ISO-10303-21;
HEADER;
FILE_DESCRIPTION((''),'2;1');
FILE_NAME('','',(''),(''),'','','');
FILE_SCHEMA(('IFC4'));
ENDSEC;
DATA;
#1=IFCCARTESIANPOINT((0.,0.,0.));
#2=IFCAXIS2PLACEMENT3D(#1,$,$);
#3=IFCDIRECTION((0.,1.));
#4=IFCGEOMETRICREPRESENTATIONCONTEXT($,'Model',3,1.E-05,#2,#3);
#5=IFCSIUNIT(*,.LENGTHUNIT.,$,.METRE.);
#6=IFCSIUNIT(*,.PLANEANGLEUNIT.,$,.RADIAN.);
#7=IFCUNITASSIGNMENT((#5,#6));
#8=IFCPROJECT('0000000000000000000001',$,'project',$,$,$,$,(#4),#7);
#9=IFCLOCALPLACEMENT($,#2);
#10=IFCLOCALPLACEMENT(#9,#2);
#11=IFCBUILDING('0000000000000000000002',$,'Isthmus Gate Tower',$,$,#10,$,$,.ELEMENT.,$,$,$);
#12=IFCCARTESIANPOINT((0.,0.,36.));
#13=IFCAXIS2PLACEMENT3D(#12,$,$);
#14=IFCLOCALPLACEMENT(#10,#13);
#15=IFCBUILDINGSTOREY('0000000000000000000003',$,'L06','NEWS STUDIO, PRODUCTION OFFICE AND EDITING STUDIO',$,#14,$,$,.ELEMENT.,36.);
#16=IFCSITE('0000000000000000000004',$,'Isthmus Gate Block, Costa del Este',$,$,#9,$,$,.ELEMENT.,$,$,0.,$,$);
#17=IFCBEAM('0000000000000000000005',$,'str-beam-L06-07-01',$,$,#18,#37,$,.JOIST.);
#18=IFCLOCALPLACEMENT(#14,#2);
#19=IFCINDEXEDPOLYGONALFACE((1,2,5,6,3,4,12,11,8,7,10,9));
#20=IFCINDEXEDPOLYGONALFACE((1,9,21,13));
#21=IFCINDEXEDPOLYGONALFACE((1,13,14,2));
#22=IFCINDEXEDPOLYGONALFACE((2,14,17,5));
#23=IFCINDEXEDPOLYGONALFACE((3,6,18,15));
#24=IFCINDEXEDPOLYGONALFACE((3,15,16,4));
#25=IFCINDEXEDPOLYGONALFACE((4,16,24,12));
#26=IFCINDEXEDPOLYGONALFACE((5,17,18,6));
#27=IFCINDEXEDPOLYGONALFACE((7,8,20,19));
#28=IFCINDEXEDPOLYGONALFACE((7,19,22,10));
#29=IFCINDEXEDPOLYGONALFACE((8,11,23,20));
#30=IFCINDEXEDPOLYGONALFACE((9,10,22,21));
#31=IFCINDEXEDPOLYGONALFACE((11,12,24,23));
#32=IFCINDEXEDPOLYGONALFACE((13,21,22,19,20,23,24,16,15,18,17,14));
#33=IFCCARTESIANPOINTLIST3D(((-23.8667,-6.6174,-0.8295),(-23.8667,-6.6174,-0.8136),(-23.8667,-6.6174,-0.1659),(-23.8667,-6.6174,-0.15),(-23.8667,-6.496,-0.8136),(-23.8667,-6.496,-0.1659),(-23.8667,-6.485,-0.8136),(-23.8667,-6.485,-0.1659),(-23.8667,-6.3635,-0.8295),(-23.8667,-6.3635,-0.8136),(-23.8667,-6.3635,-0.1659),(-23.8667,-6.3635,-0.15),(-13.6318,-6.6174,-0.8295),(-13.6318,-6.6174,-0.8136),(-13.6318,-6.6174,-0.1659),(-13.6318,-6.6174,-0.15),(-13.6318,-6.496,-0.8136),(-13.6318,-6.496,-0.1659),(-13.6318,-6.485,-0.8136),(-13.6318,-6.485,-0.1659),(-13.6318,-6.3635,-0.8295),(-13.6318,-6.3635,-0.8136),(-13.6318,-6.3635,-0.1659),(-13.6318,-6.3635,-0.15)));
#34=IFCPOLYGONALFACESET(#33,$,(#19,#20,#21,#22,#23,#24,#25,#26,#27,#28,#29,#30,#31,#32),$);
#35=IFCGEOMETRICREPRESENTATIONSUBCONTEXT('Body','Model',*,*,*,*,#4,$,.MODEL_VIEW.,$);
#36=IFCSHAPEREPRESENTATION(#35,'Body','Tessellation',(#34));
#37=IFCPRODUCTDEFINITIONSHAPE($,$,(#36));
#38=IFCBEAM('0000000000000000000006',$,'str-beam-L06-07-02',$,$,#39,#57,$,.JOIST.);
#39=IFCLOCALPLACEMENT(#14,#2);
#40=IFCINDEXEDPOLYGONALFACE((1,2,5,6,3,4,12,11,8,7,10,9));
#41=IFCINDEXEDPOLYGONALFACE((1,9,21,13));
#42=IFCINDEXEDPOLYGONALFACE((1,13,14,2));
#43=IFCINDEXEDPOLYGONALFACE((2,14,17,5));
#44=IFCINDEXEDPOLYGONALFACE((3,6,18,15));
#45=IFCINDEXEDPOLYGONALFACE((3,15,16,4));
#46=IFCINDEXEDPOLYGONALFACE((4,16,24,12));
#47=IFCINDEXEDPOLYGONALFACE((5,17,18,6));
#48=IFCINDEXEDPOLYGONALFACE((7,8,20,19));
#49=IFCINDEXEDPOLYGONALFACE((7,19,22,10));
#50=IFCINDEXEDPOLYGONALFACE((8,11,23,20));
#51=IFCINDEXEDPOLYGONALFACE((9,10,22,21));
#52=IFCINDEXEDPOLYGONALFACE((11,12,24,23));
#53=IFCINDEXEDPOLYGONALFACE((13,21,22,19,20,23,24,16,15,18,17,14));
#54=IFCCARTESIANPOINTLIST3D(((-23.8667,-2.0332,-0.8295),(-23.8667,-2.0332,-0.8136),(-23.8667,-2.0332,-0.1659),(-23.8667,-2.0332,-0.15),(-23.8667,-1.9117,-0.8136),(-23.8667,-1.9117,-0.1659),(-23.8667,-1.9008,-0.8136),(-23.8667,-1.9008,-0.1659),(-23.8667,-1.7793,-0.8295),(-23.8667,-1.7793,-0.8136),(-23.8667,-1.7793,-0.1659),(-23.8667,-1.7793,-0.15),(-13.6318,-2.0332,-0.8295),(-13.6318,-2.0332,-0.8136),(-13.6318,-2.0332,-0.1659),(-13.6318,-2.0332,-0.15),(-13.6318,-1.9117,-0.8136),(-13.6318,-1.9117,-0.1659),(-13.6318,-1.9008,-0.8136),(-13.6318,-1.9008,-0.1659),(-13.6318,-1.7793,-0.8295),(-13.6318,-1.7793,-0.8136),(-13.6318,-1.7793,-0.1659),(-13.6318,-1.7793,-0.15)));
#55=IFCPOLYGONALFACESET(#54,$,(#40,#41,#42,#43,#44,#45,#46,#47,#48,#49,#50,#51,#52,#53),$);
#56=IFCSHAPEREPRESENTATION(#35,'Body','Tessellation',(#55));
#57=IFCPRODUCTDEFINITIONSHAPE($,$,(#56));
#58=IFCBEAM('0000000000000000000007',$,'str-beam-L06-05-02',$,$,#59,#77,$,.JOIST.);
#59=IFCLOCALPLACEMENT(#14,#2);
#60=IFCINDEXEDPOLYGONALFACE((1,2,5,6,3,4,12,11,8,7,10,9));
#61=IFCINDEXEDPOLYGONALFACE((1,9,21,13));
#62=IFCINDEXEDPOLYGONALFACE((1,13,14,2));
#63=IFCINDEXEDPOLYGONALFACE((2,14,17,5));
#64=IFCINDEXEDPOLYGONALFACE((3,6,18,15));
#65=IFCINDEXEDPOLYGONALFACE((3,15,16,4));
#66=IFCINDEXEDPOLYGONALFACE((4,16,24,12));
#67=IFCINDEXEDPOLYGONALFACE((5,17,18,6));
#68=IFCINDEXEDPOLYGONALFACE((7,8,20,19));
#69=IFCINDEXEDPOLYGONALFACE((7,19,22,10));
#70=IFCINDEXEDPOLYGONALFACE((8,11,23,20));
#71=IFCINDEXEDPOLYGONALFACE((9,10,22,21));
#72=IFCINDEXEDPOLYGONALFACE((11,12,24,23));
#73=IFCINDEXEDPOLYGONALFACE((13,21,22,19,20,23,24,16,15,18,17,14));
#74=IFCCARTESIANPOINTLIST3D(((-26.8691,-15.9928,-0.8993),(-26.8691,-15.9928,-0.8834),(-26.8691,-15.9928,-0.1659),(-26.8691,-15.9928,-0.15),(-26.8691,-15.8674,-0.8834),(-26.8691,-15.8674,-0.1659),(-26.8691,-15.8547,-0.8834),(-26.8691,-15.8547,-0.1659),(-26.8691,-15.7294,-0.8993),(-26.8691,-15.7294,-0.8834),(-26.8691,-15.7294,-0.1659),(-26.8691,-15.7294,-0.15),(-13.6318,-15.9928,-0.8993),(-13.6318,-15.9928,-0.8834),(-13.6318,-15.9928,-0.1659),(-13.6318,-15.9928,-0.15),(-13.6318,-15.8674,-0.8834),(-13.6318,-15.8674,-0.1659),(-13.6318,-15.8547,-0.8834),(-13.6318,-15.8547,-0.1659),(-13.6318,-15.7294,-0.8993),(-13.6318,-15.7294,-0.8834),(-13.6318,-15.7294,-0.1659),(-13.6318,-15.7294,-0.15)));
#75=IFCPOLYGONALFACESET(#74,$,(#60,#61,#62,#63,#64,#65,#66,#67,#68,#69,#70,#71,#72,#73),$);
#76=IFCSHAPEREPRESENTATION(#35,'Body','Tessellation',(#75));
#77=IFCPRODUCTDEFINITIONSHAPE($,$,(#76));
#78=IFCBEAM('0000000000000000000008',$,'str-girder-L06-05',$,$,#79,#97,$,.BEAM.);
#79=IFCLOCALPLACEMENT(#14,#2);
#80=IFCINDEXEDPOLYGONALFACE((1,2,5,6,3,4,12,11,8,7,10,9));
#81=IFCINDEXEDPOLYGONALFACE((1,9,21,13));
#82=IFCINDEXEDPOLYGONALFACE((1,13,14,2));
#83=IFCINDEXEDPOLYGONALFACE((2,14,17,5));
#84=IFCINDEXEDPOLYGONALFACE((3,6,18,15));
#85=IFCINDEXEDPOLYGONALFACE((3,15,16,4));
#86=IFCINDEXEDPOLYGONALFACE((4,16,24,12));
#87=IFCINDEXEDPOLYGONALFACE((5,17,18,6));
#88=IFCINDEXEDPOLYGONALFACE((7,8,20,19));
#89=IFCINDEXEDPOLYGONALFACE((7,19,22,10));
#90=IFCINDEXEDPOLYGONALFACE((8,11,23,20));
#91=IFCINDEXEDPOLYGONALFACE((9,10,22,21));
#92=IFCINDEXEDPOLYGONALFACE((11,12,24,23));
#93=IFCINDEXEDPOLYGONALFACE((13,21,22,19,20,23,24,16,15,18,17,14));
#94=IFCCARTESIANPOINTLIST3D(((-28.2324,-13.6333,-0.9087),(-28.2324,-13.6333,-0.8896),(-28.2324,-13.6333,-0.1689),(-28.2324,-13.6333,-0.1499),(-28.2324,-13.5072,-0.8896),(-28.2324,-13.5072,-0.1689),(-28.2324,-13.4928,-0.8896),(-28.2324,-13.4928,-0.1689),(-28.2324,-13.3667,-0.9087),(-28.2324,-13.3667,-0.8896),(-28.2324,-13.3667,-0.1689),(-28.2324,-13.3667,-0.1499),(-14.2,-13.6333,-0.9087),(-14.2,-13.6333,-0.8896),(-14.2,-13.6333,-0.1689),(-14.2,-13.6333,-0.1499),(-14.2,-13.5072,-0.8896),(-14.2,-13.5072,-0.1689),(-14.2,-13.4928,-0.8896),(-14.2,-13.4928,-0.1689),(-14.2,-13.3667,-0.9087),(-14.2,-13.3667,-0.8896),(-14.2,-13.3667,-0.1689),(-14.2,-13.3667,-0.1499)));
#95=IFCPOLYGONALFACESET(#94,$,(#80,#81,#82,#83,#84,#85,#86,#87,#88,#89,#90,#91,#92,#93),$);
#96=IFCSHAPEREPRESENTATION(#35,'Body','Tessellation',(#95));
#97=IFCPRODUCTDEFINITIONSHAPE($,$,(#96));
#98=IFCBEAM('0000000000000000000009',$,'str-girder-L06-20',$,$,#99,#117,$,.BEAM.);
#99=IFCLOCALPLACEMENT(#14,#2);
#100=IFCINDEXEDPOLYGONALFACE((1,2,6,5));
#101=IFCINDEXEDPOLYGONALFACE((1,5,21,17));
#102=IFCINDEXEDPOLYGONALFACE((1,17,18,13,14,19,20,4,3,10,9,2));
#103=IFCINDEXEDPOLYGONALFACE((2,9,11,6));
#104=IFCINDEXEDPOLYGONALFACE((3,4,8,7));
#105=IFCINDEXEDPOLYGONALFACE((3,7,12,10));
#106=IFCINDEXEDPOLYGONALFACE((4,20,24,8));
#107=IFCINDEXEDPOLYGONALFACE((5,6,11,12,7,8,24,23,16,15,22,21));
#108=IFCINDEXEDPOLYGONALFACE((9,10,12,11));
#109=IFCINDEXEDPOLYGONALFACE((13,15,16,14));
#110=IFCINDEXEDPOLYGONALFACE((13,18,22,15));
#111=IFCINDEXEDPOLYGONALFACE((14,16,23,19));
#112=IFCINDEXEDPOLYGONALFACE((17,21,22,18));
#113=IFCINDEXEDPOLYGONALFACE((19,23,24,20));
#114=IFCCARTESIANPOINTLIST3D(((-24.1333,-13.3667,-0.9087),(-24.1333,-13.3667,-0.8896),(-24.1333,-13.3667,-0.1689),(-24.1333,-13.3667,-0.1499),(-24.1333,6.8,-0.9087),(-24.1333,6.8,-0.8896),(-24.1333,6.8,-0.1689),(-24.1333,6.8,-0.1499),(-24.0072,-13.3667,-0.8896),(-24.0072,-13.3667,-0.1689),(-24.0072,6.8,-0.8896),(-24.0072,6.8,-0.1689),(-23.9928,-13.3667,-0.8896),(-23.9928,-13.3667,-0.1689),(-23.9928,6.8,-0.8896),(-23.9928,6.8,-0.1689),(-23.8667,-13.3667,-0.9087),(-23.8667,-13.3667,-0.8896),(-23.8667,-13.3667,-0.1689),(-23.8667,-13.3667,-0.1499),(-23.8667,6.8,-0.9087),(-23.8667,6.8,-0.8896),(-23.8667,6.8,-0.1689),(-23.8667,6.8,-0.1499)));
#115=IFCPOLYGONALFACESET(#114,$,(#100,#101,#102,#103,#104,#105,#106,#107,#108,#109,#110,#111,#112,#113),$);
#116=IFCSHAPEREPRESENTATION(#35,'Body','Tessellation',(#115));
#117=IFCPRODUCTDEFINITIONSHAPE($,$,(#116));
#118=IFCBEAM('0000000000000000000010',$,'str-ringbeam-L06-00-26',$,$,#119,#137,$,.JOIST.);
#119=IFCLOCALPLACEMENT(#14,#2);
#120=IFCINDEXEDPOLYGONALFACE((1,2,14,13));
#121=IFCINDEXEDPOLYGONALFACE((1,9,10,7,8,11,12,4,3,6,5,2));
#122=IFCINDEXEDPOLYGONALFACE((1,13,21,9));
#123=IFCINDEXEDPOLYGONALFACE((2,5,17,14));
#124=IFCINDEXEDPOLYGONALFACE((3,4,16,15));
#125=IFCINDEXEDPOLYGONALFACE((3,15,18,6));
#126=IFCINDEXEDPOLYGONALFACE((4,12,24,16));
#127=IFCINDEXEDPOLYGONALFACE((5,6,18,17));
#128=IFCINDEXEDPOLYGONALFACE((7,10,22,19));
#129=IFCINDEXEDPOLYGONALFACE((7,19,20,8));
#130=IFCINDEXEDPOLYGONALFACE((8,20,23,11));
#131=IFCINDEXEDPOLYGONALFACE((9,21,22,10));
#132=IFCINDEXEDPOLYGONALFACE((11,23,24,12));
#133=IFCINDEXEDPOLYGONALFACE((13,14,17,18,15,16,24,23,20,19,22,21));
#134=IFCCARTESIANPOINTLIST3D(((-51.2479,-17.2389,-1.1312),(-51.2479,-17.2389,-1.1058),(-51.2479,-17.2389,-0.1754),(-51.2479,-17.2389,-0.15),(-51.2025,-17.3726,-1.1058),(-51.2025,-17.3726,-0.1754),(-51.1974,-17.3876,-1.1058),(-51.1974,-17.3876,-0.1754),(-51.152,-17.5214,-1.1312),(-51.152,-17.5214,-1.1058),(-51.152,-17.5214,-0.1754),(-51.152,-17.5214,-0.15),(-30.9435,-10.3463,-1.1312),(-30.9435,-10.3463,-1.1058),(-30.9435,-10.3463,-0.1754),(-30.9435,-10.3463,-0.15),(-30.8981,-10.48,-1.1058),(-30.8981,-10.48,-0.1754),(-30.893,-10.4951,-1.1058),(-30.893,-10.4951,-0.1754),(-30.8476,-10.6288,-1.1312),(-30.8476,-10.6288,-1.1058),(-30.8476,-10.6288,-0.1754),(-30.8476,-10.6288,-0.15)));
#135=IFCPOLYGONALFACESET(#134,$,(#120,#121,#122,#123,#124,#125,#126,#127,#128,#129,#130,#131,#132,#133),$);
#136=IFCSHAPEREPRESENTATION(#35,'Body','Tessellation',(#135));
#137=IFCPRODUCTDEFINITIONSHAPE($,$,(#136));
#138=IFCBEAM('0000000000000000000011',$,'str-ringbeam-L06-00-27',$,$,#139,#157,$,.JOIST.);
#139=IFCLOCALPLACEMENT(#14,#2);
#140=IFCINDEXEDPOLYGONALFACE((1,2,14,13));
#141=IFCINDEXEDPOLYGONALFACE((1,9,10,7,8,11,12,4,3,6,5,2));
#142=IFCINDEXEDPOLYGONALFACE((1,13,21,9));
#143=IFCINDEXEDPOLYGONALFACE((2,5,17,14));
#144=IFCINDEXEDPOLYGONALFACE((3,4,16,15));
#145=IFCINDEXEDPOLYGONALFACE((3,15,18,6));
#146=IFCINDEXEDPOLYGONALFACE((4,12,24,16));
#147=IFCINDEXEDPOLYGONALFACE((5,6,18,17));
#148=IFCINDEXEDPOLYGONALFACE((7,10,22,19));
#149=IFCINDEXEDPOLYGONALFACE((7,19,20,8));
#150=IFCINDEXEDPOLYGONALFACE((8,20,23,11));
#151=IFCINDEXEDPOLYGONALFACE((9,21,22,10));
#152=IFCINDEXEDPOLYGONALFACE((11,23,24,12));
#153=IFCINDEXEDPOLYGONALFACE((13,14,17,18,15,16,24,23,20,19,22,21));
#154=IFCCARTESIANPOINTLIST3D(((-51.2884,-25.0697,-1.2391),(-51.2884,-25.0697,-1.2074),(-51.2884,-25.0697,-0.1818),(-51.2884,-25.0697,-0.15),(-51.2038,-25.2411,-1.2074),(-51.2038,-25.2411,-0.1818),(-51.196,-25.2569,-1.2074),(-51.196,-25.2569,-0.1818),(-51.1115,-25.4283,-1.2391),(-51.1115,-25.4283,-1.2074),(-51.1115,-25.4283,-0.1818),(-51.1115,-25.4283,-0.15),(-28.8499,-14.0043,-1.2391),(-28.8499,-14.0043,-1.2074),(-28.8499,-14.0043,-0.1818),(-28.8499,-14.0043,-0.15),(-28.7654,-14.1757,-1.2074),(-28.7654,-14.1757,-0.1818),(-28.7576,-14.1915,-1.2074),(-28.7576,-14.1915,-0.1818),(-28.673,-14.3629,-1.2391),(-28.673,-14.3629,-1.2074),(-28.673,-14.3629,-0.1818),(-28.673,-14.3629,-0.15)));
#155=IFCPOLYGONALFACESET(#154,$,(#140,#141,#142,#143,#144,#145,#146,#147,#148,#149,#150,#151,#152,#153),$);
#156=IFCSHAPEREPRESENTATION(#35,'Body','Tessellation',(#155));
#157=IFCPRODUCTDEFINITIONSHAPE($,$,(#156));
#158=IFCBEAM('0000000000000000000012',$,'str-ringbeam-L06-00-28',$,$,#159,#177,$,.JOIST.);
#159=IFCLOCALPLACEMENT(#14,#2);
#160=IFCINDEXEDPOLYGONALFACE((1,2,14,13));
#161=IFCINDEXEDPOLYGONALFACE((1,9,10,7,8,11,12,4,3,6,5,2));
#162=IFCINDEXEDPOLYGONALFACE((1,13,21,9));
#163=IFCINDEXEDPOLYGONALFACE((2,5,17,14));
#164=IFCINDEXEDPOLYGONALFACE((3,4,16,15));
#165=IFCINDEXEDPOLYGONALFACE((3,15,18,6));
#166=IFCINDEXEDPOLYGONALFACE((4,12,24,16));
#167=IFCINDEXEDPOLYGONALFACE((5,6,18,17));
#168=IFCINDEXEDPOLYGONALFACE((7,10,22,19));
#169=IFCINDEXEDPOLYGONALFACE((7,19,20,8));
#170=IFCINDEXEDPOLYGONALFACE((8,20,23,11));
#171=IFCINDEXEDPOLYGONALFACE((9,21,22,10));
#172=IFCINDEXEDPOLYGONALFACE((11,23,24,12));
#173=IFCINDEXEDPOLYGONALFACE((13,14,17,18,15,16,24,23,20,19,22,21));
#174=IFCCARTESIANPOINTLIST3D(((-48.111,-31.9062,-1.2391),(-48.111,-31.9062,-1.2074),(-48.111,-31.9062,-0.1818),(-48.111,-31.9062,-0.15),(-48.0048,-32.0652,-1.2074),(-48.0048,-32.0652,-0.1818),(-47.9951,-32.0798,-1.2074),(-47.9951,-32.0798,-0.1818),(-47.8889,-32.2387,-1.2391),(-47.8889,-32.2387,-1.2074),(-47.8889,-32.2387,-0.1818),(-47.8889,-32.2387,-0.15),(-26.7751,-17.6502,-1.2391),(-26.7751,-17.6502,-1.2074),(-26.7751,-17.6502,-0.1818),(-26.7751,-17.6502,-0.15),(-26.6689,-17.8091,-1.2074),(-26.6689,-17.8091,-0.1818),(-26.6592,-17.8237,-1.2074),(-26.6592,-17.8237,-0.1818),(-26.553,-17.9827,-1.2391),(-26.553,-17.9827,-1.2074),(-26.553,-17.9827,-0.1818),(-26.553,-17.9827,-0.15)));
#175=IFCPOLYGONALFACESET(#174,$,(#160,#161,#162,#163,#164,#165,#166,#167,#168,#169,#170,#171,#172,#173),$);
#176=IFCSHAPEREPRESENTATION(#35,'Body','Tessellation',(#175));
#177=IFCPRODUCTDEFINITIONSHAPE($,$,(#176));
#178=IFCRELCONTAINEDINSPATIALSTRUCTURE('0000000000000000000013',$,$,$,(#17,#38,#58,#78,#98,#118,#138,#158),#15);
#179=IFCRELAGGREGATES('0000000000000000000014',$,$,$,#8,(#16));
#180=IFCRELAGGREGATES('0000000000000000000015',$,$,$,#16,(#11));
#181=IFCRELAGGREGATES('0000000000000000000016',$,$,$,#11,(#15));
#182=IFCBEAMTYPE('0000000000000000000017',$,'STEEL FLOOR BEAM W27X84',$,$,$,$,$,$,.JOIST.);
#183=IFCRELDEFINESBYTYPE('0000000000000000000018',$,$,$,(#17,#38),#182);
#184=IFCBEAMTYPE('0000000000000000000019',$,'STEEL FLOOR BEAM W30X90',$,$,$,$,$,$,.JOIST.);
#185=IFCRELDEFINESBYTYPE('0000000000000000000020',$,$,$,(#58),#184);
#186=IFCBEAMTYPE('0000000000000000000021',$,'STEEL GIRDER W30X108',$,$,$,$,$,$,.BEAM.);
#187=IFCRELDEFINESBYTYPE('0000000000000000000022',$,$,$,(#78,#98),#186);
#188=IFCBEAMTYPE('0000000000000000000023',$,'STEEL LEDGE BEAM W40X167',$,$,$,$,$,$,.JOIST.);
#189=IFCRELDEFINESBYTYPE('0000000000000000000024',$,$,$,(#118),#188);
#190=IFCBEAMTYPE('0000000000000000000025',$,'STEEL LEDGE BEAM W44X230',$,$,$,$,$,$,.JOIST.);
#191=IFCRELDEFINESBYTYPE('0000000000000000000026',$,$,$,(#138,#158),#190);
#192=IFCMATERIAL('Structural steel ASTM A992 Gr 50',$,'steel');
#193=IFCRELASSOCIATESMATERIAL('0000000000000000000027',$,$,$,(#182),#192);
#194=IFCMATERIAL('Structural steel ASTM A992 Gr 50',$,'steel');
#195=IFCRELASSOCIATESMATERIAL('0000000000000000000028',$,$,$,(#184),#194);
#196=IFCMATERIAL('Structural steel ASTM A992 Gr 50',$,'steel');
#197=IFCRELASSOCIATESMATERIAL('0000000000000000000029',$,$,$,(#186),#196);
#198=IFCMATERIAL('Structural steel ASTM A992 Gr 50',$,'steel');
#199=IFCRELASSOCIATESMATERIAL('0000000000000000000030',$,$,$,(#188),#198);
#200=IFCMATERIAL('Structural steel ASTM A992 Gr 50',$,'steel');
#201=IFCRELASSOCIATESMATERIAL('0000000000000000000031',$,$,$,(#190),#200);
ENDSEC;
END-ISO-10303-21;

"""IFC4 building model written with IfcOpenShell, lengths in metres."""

from ifc_helpers import new_model, si_unit, direction, frame, origin, origin_2d, place, context, subcontext, project, spatial, i_section, extrude, material, material_profile, profile_set, type_object, element, save


model = new_model("IFC4")

# Units and contexts
model_context = context("Model", 3, precision=1e-05, world=origin(), true_north=direction((0.0, 1.0)))
body_context = subcontext(model_context, "Body", "Model", "MODEL_VIEW")
ifc_project = project(units=[si_unit("LENGTHUNIT", "METRE"), si_unit("PLANEANGLEUNIT", "RADIAN")], contexts=[model_context])

# Site, building, storey
site_placement = place(None, origin())
site = spatial("IfcSite", under=ifc_project, at=site_placement, Name="Isthmus Gate Block, Costa del Este", CompositionType="ELEMENT", RefElevation=0.0)
building_placement = place(site_placement, origin())
building = spatial("IfcBuilding", under=site, at=building_placement, Name="Isthmus Gate Tower", CompositionType="ELEMENT")
storey_placement = place(building_placement, frame((0.0, 0.0, 36.0)))
storey = spatial("IfcBuildingStorey", under=building, at=storey_placement, Name="L06", Description="NEWS STUDIO, PRODUCTION OFFICE AND EDITING STUDIO", CompositionType="ELEMENT", Elevation=36.0)

# Beams
ifc_material_1 = material(Name="Structural steel ASTM A992 Gr 50", Category="steel")
ifc_material_profile_1 = material_profile(ifc_material_1, i_section(OverallWidth=0.2539, OverallDepth=0.6794, WebThickness=0.011, FlangeThickness=0.0159, at=origin_2d()), Name="W27X84")
ifc_profile_set_1 = profile_set([ifc_material_profile_1], Name="Structural steel ASTM A992 Gr 50")
beam_type_1 = type_object("IfcBeamType", Name="STEEL FLOOR BEAM W27X84", PredefinedType="JOIST", material=ifc_profile_set_1)
for number, where, z_axis, x_axis, name in (
    (1, (-23.8667, -6.4905, -0.4897), (1.0, 0.0, 0.0), (0.0, 1.0, 0.0), "str-beam-L06-07-01"),
    (2, (-23.8667, -1.9062, -0.4897), (1.0, 0.0, 0.0), (0.0, 1.0, 0.0), "str-beam-L06-07-02"),
):
    element("IfcBeam", number, at=place(storey_placement, frame(where, z_axis=z_axis, x_axis=x_axis)), inside=storey, type_object=beam_type_1, Name=name, PredefinedType="JOIST", context=body_context, shape_type="SweptSolid", body=[
        extrude(i_section(OverallWidth=0.2539, OverallDepth=0.6794, WebThickness=0.011, FlangeThickness=0.0159, at=origin_2d()), origin(), (0.0, 0.0, 1.0), 10.2349),
    ])
ifc_material_2 = material(Name="Structural steel ASTM A992 Gr 50", Category="steel")
ifc_material_profile_2 = material_profile(ifc_material_2, i_section(OverallWidth=0.2634, OverallDepth=0.7493, WebThickness=0.0127, FlangeThickness=0.0159, at=origin_2d()), Name="W30X90")
ifc_profile_set_2 = profile_set([ifc_material_profile_2], Name="Structural steel ASTM A992 Gr 50")
beam_type_2 = type_object("IfcBeamType", Name="STEEL FLOOR BEAM W30X90", PredefinedType="JOIST", material=ifc_profile_set_2)
beam_1_placement = place(storey_placement, frame((-26.8691, -15.8611, -0.5247), z_axis=(1.0, 0.0, 0.0), x_axis=(0.0, 1.0, 0.0)))
element("IfcBeam", 3, at=beam_1_placement, inside=storey, type_object=beam_type_2, Name="str-beam-L06-05-02", PredefinedType="JOIST", context=body_context, shape_type="SweptSolid", body=[
    extrude(i_section(OverallWidth=0.2634, OverallDepth=0.7493, WebThickness=0.0127, FlangeThickness=0.0159, at=origin_2d()), origin(), (0.0, 0.0, 1.0), 13.2373),
])
ifc_material_3 = material(Name="Structural steel ASTM A992 Gr 50", Category="steel")
ifc_material_profile_3 = material_profile(ifc_material_3, i_section(OverallWidth=0.2666, OverallDepth=0.7588, WebThickness=0.0144, FlangeThickness=0.019, at=origin_2d()), Name="W30X108")
ifc_profile_set_3 = profile_set([ifc_material_profile_3], Name="Structural steel ASTM A992 Gr 50")
beam_type_3 = type_object("IfcBeamType", Name="STEEL GIRDER W30X108", PredefinedType="BEAM", material=ifc_profile_set_3)
beam_2_placement = place(storey_placement, frame((-28.2324, -13.5, -0.5293), z_axis=(1.0, 0.0, 0.0), x_axis=(0.0, 1.0, 0.0)))
element("IfcBeam", 4, at=beam_2_placement, inside=storey, type_object=beam_type_3, Name="str-girder-L06-05", PredefinedType="BEAM", context=body_context, shape_type="SweptSolid", body=[
    extrude(i_section(OverallWidth=0.2666, OverallDepth=0.7588, WebThickness=0.0144, FlangeThickness=0.019, at=origin_2d()), origin(), (0.0, 0.0, 1.0), 14.0325),
])
beam_3_placement = place(storey_placement, frame((-24.0, -13.3667, -0.5293), z_axis=(0.0, 1.0, 0.0), x_axis=(-1.0, 0.0, 0.0)))
element("IfcBeam", 5, at=beam_3_placement, inside=storey, type_object=beam_type_3, Name="str-girder-L06-20", PredefinedType="BEAM", context=body_context, shape_type="SweptSolid", body=[
    extrude(i_section(OverallWidth=0.2666, OverallDepth=0.7588, WebThickness=0.0144, FlangeThickness=0.019, at=origin_2d()), origin(), (0.0, 0.0, 1.0), 20.1667),
])
ifc_material_4 = material(Name="Structural steel ASTM A992 Gr 50", Category="steel")
ifc_material_profile_4 = material_profile(ifc_material_4, i_section(OverallWidth=0.2983, OverallDepth=0.9812, WebThickness=0.0159, FlangeThickness=0.0254, at=origin_2d()), Name="W40X167")
ifc_profile_set_4 = profile_set([ifc_material_profile_4], Name="Structural steel ASTM A992 Gr 50")
beam_type_4 = type_object("IfcBeamType", Name="STEEL LEDGE BEAM W40X167", PredefinedType="JOIST", material=ifc_profile_set_4)
beam_4_placement = place(storey_placement, frame((-30.8955, -10.4875, -0.6406), z_axis=(-0.946928, -0.321446, 0.0), x_axis=(0.321446, -0.946928, 0.0)))
element("IfcBeam", 6, at=beam_4_placement, inside=storey, type_object=beam_type_4, Name="str-ringbeam-L06-00-26", PredefinedType="JOIST", context=body_context, shape_type="SweptSolid", body=[
    extrude(i_section(OverallWidth=0.2983, OverallDepth=0.9812, WebThickness=0.0159, FlangeThickness=0.0254, at=origin_2d()), origin(), (0.0, 0.0, 1.0), 21.4424),
])
ifc_material_5 = material(Name="Structural steel ASTM A992 Gr 50", Category="steel")
ifc_material_profile_5 = material_profile(ifc_material_5, i_section(OverallWidth=0.3999, OverallDepth=1.0891, WebThickness=0.0176, FlangeThickness=0.0317, at=origin_2d()), Name="W44X230")
ifc_profile_set_5 = profile_set([ifc_material_profile_5], Name="Structural steel ASTM A992 Gr 50")
beam_type_5 = type_object("IfcBeamType", Name="STEEL LEDGE BEAM W44X230", PredefinedType="JOIST", material=ifc_profile_set_5)
beam_5_placement = place(storey_placement, frame((-28.7615, -14.1836, -0.6946), z_axis=(-0.896873, -0.442289, 0.0), x_axis=(0.442289, -0.896873, 0.0)))
element("IfcBeam", 7, at=beam_5_placement, inside=storey, type_object=beam_type_5, Name="str-ringbeam-L06-00-27", PredefinedType="JOIST", context=body_context, shape_type="SweptSolid", body=[
    extrude(i_section(OverallWidth=0.3999, OverallDepth=1.0891, WebThickness=0.0176, FlangeThickness=0.0317, at=origin_2d()), origin(), (0.0, 0.0, 1.0), 25.0186),
])
beam_6_placement = place(storey_placement, frame((-26.6641, -17.8164, -0.6946), z_axis=(-0.831472, -0.555567, 0.0), x_axis=(0.555567, -0.831472, 0.0)))
element("IfcBeam", 8, at=beam_6_placement, inside=storey, type_object=beam_type_5, Name="str-ringbeam-L06-00-28", PredefinedType="JOIST", context=body_context, shape_type="SweptSolid", body=[
    extrude(i_section(OverallWidth=0.3999, OverallDepth=1.0891, WebThickness=0.0176, FlangeThickness=0.0317, at=origin_2d()), origin(), (0.0, 0.0, 1.0), 25.6604),
])

save(model, "model.ifc")
